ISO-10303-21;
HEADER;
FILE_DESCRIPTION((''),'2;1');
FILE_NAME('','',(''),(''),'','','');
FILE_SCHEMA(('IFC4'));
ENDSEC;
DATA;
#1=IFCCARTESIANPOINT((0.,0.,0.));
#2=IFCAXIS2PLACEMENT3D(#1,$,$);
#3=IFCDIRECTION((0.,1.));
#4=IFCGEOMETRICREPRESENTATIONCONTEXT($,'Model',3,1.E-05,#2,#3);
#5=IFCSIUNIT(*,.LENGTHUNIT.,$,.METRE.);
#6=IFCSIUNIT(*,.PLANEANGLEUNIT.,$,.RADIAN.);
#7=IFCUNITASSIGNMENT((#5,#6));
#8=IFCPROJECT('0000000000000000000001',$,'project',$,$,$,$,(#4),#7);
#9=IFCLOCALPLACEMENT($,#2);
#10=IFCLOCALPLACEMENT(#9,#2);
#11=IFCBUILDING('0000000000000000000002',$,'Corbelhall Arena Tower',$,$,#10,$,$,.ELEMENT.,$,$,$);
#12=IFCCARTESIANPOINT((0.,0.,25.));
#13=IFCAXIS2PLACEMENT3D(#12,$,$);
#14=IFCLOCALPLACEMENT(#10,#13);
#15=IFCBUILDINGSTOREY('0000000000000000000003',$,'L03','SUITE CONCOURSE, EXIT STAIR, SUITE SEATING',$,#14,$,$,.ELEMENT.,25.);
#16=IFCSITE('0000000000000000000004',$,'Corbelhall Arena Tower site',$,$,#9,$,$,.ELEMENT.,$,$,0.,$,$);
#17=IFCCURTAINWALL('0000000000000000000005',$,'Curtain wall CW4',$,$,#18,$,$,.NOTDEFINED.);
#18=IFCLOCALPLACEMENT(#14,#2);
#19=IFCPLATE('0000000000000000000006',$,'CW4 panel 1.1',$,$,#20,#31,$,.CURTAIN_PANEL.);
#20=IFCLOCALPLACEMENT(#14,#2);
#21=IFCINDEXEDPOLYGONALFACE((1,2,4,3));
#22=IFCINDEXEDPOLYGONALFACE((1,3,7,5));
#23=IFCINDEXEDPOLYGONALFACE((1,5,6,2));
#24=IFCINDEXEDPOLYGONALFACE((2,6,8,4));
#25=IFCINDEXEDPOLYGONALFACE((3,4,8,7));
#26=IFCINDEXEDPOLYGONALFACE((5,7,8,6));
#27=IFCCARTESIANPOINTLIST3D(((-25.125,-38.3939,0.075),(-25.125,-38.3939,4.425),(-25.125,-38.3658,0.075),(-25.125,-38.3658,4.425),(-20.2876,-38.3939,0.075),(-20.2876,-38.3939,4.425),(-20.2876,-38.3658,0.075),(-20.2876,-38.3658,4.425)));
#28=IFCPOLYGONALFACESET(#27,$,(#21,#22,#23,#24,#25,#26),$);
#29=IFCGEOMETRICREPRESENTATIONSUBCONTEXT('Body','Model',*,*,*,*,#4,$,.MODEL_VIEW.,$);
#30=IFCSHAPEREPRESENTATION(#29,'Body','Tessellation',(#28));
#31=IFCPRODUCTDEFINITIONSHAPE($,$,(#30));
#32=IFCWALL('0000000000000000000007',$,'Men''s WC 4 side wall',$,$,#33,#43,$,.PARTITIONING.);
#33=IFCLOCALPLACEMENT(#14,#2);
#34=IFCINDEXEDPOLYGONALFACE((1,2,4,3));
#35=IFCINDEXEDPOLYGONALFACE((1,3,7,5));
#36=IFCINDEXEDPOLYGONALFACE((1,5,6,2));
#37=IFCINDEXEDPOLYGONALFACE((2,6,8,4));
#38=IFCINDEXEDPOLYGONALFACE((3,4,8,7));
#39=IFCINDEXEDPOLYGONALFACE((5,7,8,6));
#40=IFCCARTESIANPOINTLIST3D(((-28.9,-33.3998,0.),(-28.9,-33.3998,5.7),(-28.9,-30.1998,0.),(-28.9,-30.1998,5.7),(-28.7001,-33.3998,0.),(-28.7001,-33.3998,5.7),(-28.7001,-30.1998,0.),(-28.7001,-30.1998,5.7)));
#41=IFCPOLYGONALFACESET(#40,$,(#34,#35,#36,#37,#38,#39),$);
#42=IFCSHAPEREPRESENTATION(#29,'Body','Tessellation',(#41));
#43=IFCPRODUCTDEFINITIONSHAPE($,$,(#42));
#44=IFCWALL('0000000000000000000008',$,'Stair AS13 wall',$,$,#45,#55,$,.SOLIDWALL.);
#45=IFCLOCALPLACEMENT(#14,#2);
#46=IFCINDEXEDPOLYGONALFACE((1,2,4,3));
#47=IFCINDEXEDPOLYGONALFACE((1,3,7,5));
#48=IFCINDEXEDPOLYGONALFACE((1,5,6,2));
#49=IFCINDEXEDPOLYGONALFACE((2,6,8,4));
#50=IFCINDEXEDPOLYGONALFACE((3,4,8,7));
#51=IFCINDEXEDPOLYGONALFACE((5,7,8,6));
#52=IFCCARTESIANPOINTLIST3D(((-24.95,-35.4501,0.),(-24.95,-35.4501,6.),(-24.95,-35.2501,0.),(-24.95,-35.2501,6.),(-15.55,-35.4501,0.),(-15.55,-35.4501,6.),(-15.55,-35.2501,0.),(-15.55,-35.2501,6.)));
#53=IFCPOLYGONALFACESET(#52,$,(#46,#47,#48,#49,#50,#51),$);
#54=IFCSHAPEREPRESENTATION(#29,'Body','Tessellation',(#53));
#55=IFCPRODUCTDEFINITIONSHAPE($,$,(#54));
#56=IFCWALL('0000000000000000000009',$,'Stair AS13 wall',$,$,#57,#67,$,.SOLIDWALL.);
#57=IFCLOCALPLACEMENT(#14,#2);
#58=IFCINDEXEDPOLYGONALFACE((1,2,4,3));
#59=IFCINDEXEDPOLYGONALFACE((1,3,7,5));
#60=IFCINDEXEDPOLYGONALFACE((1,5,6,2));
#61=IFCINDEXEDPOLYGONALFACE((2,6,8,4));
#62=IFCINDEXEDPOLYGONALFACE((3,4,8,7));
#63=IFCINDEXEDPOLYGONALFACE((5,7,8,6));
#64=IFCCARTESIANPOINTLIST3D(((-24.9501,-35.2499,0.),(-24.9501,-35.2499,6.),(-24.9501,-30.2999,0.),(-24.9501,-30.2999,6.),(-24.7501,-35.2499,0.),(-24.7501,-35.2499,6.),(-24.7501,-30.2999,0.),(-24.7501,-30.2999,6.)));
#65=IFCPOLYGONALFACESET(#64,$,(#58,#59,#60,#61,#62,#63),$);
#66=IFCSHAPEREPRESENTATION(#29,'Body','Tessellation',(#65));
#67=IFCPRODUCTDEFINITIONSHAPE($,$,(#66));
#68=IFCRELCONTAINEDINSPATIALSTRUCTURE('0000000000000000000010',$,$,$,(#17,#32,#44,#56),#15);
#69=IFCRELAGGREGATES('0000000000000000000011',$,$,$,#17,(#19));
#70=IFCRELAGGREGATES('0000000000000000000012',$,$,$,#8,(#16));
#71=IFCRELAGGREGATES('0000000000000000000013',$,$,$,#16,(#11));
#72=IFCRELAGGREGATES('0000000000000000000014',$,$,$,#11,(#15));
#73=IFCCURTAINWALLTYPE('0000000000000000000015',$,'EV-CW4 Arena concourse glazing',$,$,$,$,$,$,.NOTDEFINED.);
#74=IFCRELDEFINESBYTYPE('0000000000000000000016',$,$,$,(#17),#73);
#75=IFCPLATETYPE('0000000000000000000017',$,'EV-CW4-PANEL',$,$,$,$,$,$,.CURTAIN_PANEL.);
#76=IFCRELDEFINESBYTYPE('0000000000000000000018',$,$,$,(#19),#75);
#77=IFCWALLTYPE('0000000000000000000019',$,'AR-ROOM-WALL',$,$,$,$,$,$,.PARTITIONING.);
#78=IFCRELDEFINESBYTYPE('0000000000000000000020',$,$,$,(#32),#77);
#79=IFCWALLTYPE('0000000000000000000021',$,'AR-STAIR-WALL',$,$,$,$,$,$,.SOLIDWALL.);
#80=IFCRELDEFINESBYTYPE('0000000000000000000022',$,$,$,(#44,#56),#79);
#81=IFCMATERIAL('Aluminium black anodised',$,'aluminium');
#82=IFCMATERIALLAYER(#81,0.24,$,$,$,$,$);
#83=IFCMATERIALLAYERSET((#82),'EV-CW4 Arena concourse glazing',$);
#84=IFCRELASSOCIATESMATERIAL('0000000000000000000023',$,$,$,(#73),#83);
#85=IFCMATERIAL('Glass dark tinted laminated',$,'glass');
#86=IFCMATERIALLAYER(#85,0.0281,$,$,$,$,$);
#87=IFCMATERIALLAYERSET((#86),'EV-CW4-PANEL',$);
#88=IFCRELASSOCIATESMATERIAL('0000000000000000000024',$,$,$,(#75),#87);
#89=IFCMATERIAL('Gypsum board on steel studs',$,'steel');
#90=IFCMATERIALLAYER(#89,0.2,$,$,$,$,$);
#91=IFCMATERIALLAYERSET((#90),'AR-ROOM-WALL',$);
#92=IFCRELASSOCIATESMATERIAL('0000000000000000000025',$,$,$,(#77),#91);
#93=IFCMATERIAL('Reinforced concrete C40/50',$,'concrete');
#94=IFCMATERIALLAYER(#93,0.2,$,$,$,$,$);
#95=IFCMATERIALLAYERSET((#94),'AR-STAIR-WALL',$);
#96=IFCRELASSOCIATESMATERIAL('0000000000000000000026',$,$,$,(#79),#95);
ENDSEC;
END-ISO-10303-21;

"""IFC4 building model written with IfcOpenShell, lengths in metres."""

from ifc_helpers import new_model, si_unit, direction, frame, frame_2d, origin, origin_2d, place, context, subcontext, project, spatial, rectangle, extrude, material, layer, layer_set, type_object, element, aggregate, save


model = new_model("IFC4")

# Units and contexts
model_context = context("Model", 3, precision=1e-05, world=origin(), true_north=direction((0.0, 1.0)))
body_context = subcontext(model_context, "Body", "Model", "MODEL_VIEW")
ifc_project = project(units=[si_unit("LENGTHUNIT", "METRE"), si_unit("PLANEANGLEUNIT", "RADIAN")], contexts=[model_context])

# Site, building, storey
site_placement = place(None, origin())
site = spatial("IfcSite", under=ifc_project, at=site_placement, Name="Corbelhall Arena Tower site", CompositionType="ELEMENT", RefElevation=0.0)
building_placement = place(site_placement, origin())
building = spatial("IfcBuilding", under=site, at=building_placement, Name="Corbelhall Arena Tower", CompositionType="ELEMENT")
storey_placement = place(building_placement, frame((0.0, 0.0, 25.0)))
storey = spatial("IfcBuildingStorey", under=building, at=storey_placement, Name="L03", Description="SUITE CONCOURSE, EXIT STAIR, SUITE SEATING", CompositionType="ELEMENT", Elevation=25.0)

# Curtain wall
ifc_material_1 = material(Name="Aluminium black anodised", Category="aluminium")
ifc_layer_1 = layer(ifc_material_1, 0.24)
ifc_layer_set_1 = layer_set([ifc_layer_1], Name="EV-CW4 Arena concourse glazing")
curtain_wall_type = type_object("IfcCurtainWallType", Name="EV-CW4 Arena concourse glazing", PredefinedType="NOTDEFINED", material=ifc_layer_set_1)
curtain_wall_1_placement = place(storey_placement, origin())
curtain_wall_1 = element("IfcCurtainWall", 1, at=curtain_wall_1_placement, inside=storey, type_object=curtain_wall_type, Name="Curtain wall CW4", PredefinedType="NOTDEFINED")

# Plate
ifc_material_2 = material(Name="Glass dark tinted laminated", Category="glass")
ifc_layer_2 = layer(ifc_material_2, 0.0281)
ifc_layer_set_2 = layer_set([ifc_layer_2], Name="EV-CW4-PANEL")
plate_type = type_object("IfcPlateType", Name="EV-CW4-PANEL", PredefinedType="CURTAIN_PANEL", material=ifc_layer_set_2)
plate_1_placement = place(storey_placement, frame((-22.7063, -38.3799, 0.075), z_axis=(0.0, 0.0, 1.0), x_axis=(1.0, 0.0, 0.0)))
plate_1 = element("IfcPlate", 2, at=plate_1_placement, type_object=plate_type, Name="CW4 panel 1.1", PredefinedType="CURTAIN_PANEL", context=body_context, shape_type="SweptSolid", body=[
    extrude(rectangle(XDim=4.8374, YDim=0.0281, at=origin_2d()), origin(), (0.0, 0.0, 1.0), 4.3501),
])
aggregate(curtain_wall_1, [plate_1])

# Walls
ifc_material_3 = material(Name="Gypsum board on steel studs", Category="steel")
ifc_layer_3 = layer(ifc_material_3, 0.2)
ifc_layer_set_3 = layer_set([ifc_layer_3], Name="AR-ROOM-WALL")
wall_type_1 = type_object("IfcWallType", Name="AR-ROOM-WALL", PredefinedType="PARTITIONING", material=ifc_layer_set_3)
wall_1_placement = place(storey_placement, frame((-28.8, -33.3999, 0.0), z_axis=(0.0, 0.0, 1.0), x_axis=(0.0, 1.0, 0.0)))
element("IfcWall", 3, at=wall_1_placement, inside=storey, type_object=wall_type_1, Name="Men's WC 4 side wall", PredefinedType="PARTITIONING", context=body_context, shape_type="SweptSolid", body=[
    extrude(rectangle(XDim=3.2, YDim=0.2, at=frame_2d((1.6001, 0.0))), origin(), (0.0, 0.0, 1.0), 5.7),
])
ifc_material_4 = material(Name="Reinforced concrete C40/50", Category="concrete")
ifc_layer_4 = layer(ifc_material_4, 0.2)
ifc_layer_set_4 = layer_set([ifc_layer_4], Name="AR-STAIR-WALL")
wall_type_2 = type_object("IfcWallType", Name="AR-STAIR-WALL", PredefinedType="SOLIDWALL", material=ifc_layer_set_4)
wall_2_placement = place(storey_placement, frame((-24.95, -35.3501, 0.0), z_axis=(0.0, 0.0, 1.0), x_axis=(1.0, 0.0, 0.0)))
element("IfcWall", 4, at=wall_2_placement, inside=storey, type_object=wall_type_2, Name="Stair AS13 wall", PredefinedType="SOLIDWALL", context=body_context, shape_type="SweptSolid", body=[
    extrude(rectangle(XDim=9.3999, YDim=0.2, at=frame_2d((4.7, 0.0))), origin(), (0.0, 0.0, 1.0), 6.0),
])
wall_3_placement = place(storey_placement, frame((-24.8501, -35.25, 0.0), z_axis=(0.0, 0.0, 1.0), x_axis=(0.0, 1.0, 0.0)))
element("IfcWall", 5, at=wall_3_placement, inside=storey, type_object=wall_type_2, Name="Stair AS13 wall", PredefinedType="SOLIDWALL", context=body_context, shape_type="SweptSolid", body=[
    extrude(rectangle(XDim=4.95, YDim=0.2, at=frame_2d((2.4751, 0.0))), origin(), (0.0, 0.0, 1.0), 6.0),
])

save(model, "model.ifc")
